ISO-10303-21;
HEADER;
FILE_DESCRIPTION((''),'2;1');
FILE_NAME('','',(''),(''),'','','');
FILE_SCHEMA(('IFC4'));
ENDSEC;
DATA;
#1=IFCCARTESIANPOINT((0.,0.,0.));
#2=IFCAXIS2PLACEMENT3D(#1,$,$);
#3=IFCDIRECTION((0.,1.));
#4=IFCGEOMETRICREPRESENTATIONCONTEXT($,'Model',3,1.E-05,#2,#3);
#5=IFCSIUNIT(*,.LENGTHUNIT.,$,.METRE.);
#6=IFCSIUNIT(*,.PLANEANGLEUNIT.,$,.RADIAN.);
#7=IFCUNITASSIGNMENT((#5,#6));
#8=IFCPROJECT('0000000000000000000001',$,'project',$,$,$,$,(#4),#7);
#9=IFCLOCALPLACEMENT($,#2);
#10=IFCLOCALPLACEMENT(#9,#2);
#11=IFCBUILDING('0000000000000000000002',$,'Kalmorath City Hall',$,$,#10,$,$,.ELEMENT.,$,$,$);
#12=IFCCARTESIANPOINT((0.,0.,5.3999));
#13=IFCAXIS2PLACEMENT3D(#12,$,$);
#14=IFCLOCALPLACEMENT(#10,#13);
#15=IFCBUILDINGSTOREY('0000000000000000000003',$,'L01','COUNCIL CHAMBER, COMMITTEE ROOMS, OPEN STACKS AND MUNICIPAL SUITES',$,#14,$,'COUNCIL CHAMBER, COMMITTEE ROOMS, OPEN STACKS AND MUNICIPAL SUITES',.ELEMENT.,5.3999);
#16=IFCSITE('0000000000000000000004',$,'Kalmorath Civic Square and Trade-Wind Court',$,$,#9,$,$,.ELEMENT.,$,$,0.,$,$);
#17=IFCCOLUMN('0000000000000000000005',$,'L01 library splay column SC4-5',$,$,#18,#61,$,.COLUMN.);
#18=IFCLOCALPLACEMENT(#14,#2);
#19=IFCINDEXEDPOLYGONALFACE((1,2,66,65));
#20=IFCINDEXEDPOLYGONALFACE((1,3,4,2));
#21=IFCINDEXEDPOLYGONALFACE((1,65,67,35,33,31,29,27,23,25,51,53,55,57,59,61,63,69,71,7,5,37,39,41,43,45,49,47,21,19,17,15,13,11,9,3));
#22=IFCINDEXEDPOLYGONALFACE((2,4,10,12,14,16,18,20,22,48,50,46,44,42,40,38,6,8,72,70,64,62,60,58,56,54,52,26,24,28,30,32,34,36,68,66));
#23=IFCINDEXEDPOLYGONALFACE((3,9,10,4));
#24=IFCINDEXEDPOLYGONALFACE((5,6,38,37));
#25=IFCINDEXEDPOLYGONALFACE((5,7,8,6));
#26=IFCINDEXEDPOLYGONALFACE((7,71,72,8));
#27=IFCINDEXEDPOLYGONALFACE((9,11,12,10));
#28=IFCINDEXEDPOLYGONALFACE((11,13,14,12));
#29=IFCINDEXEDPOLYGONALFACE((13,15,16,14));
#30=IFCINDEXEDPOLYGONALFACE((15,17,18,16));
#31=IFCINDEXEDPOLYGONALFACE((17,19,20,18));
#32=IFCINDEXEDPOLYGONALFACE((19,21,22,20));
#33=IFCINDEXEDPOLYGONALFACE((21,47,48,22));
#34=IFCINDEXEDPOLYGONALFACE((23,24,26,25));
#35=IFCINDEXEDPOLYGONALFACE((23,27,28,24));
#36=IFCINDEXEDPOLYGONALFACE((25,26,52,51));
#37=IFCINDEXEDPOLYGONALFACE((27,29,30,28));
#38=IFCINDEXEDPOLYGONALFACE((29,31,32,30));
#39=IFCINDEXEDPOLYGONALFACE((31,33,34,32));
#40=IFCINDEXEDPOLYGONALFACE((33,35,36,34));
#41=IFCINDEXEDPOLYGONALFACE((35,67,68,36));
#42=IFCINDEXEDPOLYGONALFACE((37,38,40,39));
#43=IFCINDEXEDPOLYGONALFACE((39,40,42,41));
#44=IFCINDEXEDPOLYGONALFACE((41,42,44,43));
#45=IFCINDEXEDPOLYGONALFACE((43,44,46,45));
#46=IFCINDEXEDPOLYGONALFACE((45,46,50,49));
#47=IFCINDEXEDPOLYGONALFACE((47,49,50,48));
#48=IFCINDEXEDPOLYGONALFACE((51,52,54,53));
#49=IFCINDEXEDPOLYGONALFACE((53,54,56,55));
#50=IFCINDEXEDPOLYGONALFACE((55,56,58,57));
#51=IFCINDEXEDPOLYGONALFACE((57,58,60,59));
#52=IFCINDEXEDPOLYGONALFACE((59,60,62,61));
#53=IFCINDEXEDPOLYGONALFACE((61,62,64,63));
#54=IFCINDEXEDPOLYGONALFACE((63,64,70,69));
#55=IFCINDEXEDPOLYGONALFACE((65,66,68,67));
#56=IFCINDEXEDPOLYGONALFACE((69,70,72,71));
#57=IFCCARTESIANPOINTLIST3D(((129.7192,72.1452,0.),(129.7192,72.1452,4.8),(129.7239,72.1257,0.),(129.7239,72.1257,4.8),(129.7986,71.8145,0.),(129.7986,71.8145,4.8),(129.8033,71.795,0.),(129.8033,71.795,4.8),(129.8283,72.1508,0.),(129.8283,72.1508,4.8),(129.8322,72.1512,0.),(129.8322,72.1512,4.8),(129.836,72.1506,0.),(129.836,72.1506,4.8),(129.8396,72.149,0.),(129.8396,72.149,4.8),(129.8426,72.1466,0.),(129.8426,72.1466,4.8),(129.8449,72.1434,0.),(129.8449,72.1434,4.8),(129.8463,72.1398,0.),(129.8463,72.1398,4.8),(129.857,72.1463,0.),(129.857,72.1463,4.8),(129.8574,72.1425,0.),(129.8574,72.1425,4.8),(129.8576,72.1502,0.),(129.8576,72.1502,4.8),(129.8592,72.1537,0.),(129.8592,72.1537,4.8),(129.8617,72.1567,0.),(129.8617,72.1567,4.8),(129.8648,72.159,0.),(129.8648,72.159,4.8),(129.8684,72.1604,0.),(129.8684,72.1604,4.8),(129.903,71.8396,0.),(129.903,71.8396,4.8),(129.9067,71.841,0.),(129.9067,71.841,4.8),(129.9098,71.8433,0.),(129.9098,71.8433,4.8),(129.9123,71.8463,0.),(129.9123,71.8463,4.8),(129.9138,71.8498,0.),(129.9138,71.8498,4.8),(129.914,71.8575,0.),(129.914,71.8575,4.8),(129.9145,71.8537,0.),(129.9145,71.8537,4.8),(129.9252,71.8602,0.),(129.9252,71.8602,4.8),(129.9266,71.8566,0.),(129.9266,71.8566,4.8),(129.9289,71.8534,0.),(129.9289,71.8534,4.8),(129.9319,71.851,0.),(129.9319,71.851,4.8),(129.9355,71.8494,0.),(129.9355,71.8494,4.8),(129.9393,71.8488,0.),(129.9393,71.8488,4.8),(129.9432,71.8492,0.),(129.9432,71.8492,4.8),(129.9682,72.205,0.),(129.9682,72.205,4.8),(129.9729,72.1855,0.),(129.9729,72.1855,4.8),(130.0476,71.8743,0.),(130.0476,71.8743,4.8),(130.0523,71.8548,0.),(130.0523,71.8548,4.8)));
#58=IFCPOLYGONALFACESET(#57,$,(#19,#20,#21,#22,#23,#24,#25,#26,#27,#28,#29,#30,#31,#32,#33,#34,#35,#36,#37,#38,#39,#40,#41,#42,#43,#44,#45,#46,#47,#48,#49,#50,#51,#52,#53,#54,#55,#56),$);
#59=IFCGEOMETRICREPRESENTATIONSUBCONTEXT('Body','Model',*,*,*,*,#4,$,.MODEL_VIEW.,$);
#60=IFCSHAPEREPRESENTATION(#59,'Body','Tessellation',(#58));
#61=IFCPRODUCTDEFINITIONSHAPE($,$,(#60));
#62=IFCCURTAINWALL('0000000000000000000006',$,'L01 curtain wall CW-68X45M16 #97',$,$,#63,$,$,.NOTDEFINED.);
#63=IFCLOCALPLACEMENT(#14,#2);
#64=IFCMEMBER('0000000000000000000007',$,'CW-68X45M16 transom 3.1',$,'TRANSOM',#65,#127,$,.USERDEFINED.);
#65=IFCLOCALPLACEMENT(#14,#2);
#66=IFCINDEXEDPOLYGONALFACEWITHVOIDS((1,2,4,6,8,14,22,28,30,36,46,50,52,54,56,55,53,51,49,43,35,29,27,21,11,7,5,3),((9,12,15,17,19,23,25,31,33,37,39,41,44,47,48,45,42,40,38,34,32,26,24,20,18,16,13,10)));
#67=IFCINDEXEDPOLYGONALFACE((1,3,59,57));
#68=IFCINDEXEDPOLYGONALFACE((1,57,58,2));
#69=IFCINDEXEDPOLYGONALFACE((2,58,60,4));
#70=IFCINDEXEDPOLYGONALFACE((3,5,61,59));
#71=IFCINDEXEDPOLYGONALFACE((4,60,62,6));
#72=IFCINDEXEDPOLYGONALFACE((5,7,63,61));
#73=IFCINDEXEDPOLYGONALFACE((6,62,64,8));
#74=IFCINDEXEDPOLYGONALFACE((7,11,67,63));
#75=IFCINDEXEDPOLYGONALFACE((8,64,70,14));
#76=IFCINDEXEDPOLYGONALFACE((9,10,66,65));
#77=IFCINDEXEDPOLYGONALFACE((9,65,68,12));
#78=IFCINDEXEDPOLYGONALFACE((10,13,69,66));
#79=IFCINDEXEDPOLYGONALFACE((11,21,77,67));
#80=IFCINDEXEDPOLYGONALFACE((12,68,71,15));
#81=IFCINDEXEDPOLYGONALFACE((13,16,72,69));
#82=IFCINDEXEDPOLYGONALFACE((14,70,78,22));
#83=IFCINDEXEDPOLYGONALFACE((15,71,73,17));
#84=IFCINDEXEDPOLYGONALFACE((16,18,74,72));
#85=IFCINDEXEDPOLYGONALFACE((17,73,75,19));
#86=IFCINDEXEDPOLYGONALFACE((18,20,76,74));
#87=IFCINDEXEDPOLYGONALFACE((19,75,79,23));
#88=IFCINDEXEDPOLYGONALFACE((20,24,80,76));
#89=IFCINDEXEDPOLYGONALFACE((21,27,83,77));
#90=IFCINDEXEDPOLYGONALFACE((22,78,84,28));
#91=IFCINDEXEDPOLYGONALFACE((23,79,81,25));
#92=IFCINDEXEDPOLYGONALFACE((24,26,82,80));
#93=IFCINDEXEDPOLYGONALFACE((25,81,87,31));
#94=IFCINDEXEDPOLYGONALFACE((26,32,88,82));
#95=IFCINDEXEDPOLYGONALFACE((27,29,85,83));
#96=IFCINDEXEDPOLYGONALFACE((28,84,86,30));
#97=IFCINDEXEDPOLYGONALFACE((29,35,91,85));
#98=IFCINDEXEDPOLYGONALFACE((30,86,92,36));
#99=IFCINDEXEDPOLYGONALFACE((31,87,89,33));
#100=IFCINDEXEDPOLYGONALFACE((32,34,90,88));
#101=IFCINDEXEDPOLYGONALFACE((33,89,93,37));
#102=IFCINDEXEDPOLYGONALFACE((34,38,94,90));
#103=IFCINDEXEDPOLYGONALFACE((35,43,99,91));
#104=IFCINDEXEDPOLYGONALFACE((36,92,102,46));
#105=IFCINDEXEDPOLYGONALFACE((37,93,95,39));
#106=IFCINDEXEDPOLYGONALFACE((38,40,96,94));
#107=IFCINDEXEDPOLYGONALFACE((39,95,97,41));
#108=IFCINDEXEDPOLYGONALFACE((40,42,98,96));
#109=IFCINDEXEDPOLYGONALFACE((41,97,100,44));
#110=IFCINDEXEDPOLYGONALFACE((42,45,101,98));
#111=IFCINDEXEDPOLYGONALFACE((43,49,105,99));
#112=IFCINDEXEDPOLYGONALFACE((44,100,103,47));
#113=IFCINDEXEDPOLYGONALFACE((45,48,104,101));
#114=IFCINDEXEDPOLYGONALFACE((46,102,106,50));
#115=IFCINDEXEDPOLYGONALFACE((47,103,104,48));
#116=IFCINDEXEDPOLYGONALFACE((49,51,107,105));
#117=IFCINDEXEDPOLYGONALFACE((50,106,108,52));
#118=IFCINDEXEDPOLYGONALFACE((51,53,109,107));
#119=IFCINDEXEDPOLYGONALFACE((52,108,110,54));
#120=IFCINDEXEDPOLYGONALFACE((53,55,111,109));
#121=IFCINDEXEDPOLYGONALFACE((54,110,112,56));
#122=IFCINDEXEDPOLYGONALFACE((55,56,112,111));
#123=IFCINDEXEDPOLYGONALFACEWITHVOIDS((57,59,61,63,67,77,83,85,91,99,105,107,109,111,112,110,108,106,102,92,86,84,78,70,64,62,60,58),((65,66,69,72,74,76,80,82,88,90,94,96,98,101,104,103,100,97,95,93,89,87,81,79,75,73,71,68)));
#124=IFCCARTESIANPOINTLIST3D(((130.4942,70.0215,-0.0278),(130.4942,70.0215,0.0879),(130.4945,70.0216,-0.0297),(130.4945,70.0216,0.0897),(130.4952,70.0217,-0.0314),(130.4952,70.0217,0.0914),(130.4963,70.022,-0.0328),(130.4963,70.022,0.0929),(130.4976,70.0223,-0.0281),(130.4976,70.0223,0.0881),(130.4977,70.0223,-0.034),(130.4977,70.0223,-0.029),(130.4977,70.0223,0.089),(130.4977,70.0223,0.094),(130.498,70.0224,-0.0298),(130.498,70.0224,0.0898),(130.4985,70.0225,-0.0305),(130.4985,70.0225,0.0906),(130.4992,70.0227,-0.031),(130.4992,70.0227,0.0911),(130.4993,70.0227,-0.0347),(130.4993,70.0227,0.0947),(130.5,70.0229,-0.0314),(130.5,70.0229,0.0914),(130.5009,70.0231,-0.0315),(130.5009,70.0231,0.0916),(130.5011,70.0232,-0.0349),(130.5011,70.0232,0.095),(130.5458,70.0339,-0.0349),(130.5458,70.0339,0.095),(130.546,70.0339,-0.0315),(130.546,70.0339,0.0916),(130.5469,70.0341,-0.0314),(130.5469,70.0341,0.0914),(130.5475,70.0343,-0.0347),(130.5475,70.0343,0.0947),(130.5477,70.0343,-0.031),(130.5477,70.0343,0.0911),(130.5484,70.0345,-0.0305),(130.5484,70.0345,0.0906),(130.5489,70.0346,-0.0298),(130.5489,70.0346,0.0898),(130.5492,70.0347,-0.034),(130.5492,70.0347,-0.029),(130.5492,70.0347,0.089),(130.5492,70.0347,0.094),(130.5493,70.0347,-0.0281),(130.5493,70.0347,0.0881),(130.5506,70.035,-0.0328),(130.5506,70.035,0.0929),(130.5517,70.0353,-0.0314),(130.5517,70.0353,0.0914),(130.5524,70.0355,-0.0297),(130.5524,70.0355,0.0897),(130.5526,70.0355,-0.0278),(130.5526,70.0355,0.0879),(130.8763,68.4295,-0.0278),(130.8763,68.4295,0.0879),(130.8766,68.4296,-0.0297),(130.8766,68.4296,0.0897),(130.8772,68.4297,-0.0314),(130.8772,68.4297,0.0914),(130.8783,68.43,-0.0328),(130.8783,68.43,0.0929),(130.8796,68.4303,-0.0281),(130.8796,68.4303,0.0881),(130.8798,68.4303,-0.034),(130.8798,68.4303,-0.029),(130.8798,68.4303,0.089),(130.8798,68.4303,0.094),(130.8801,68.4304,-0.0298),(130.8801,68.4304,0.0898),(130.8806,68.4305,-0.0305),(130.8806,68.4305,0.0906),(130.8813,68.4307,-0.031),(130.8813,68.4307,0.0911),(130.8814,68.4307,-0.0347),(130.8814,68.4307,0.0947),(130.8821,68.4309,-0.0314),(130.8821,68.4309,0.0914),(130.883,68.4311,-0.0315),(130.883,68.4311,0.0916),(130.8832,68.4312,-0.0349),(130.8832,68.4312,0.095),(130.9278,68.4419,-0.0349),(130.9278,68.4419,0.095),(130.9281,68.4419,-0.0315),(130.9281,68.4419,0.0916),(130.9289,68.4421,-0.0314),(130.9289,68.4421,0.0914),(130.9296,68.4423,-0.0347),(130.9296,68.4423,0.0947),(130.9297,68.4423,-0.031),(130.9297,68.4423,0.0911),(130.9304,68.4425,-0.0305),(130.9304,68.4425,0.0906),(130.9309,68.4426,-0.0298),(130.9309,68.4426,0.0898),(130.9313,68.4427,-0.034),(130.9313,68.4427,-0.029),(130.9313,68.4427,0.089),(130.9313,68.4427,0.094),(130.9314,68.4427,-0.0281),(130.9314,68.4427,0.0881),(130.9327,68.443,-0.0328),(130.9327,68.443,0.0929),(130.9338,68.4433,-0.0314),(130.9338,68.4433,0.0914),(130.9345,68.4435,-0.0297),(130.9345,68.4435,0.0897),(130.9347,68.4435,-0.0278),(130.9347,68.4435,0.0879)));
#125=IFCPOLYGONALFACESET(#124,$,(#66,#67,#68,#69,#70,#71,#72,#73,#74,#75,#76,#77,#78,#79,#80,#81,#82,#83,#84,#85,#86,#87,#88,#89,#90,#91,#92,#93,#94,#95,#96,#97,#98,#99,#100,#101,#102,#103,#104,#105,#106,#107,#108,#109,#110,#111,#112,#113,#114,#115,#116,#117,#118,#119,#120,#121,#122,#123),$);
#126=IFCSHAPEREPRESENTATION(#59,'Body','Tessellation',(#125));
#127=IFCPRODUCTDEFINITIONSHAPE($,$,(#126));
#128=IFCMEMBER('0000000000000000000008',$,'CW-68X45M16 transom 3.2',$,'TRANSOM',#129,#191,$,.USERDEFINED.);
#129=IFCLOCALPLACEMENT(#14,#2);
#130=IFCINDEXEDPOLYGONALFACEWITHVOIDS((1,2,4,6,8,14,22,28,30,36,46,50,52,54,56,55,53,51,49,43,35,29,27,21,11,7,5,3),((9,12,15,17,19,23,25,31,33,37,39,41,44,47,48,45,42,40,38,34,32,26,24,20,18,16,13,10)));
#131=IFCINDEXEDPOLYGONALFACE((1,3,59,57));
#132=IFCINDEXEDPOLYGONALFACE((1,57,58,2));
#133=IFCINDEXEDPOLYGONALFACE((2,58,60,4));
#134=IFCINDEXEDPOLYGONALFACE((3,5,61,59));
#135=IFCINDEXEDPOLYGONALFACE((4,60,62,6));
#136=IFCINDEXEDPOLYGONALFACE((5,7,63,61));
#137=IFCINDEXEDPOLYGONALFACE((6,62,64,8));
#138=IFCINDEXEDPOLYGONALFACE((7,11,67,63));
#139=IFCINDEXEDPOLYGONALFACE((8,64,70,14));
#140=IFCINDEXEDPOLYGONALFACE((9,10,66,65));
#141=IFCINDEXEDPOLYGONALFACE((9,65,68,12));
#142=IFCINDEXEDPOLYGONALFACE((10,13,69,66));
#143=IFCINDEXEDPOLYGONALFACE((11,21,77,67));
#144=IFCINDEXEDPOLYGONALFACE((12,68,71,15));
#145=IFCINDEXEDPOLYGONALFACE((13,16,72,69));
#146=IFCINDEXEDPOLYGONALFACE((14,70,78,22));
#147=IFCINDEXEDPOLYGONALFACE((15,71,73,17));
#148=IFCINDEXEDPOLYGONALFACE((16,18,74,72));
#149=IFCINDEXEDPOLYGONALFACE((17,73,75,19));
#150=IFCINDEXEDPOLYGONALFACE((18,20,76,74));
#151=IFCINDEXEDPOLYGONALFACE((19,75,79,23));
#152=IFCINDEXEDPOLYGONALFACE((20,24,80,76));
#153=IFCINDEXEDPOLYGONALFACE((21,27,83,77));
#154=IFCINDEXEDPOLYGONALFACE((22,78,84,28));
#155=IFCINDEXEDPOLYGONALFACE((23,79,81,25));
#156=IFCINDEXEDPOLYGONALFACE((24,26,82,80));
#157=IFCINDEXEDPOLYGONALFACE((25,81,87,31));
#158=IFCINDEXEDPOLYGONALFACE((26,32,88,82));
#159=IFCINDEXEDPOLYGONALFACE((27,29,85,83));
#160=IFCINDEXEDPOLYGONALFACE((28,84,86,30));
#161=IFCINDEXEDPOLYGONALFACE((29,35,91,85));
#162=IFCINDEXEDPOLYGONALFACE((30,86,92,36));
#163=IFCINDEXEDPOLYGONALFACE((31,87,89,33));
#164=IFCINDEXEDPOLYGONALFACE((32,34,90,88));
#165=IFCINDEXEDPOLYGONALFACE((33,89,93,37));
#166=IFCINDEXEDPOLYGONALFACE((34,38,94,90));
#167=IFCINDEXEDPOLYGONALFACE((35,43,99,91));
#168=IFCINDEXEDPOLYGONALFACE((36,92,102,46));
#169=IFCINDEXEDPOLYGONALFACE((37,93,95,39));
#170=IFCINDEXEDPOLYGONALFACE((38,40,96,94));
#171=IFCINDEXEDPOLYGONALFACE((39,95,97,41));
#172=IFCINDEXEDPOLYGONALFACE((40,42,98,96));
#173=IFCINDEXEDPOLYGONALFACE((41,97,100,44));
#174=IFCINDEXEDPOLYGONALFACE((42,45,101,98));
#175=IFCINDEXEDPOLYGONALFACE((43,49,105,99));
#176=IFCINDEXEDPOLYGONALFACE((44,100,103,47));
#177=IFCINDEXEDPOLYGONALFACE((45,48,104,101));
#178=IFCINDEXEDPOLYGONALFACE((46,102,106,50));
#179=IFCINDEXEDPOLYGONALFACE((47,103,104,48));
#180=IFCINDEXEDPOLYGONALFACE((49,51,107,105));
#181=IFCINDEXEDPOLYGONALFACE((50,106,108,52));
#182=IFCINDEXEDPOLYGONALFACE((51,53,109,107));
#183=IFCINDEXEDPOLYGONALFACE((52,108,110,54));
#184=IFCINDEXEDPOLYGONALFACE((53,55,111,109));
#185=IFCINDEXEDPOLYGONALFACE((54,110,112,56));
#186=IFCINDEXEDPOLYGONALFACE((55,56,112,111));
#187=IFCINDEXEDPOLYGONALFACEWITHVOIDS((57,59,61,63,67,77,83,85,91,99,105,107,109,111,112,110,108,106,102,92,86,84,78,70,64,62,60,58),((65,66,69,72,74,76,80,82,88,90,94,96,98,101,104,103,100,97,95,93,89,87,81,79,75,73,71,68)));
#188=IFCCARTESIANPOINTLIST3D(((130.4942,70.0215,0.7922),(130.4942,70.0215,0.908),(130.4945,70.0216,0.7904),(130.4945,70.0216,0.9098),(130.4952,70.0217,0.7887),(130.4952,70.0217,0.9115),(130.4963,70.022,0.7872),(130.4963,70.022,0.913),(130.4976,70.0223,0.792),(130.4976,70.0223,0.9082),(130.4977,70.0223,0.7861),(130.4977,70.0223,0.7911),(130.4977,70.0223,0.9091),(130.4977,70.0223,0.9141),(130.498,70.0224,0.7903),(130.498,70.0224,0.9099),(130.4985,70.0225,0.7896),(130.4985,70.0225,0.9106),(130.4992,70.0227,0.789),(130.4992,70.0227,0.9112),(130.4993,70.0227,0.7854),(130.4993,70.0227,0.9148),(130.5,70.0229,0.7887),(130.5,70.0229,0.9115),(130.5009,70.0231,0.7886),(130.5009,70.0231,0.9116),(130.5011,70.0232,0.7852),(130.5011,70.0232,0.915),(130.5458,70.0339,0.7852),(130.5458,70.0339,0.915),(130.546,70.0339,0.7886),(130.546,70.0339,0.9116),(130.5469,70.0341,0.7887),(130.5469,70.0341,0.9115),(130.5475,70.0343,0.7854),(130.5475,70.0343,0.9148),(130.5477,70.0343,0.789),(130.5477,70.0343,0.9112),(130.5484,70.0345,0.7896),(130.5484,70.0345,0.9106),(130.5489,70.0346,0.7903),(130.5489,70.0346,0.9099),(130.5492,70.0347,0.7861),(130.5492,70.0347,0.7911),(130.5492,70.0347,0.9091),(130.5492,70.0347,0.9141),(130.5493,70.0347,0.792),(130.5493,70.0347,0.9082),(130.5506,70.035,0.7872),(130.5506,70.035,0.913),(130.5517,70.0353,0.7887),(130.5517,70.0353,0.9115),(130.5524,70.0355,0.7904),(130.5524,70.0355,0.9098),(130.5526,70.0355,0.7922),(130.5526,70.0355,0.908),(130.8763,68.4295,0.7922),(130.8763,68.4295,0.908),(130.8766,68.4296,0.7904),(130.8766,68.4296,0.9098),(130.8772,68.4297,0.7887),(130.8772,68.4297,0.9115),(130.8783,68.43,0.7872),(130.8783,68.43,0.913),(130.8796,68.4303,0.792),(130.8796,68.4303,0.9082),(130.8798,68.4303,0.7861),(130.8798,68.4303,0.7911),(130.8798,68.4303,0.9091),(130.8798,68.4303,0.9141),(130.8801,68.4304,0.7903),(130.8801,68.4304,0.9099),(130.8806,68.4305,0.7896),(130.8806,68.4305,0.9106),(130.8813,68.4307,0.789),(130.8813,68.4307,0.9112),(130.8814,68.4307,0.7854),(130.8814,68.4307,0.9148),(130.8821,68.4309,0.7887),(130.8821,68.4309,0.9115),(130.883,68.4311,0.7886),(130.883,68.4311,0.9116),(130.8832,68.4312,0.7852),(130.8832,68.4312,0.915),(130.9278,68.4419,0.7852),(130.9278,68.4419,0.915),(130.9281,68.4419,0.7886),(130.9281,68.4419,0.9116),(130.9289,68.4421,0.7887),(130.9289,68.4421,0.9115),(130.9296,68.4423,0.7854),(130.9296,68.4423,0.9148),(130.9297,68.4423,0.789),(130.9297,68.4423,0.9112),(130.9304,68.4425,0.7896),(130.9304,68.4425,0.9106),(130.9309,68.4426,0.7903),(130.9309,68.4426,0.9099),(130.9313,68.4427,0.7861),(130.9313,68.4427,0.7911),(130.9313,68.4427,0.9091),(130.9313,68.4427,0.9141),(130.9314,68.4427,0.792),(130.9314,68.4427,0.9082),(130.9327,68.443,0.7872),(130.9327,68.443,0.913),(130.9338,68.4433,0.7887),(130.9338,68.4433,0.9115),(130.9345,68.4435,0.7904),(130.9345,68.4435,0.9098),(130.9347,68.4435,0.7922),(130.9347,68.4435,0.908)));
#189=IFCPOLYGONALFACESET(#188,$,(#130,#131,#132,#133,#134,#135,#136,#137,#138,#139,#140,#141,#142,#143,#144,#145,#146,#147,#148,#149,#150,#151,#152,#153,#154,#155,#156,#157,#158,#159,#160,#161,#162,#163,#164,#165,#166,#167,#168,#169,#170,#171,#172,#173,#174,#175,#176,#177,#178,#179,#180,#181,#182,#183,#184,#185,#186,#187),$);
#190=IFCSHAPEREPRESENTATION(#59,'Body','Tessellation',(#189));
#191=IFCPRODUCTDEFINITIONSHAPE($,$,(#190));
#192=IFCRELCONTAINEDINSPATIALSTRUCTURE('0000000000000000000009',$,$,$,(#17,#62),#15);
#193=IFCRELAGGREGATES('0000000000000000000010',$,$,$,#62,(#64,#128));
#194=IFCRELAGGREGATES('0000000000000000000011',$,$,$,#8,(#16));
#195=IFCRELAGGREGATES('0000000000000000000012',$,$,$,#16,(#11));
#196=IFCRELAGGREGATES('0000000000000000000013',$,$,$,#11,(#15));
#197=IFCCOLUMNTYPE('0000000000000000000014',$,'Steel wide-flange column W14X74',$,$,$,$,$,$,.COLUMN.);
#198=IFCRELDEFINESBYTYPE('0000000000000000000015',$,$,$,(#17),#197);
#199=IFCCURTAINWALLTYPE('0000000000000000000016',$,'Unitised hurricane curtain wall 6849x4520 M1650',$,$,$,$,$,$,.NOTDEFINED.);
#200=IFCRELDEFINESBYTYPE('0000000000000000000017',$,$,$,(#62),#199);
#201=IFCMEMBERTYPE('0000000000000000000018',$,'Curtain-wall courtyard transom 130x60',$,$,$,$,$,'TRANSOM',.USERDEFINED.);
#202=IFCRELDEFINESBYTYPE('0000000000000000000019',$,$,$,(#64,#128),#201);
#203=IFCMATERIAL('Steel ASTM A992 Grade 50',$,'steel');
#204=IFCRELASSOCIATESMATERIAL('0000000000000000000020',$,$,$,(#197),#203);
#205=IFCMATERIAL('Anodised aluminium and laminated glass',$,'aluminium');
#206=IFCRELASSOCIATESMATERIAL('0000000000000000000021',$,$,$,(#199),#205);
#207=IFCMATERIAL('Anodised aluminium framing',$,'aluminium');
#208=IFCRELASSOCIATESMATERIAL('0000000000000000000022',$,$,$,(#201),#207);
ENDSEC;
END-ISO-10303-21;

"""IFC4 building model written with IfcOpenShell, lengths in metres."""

from ifc_helpers import new_model, si_unit, direction, frame, origin, origin_2d, place, context, subcontext, project, spatial, hollow_rectangle, i_section, extrude, material, material_profile, profile_set, type_object, element, aggregate, save


model = new_model("IFC4")

# Units and contexts
model_context = context("Model", 3, precision=1e-05, world=origin(), true_north=direction((0.0, 1.0)))
body_context = subcontext(model_context, "Body", "Model", "MODEL_VIEW")
ifc_project = project(units=[si_unit("LENGTHUNIT", "METRE"), si_unit("PLANEANGLEUNIT", "RADIAN")], contexts=[model_context])

# Site, building, storey
site_placement = place(None, origin())
site = spatial("IfcSite", under=ifc_project, at=site_placement, Name="Kalmorath Civic Square and Trade-Wind Court", CompositionType="ELEMENT", RefElevation=0.0)
building_placement = place(site_placement, origin())
building = spatial("IfcBuilding", under=site, at=building_placement, Name="Kalmorath City Hall", CompositionType="ELEMENT")
storey_placement = place(building_placement, frame((0.0, 0.0, 5.3999)))
storey = spatial("IfcBuildingStorey", under=building, at=storey_placement, Name="L01", Description="COUNCIL CHAMBER, COMMITTEE ROOMS, OPEN STACKS AND MUNICIPAL SUITES", LongName="COUNCIL CHAMBER, COMMITTEE ROOMS, OPEN STACKS AND MUNICIPAL SUITES", CompositionType="ELEMENT", Elevation=5.3999)

# Column
ifc_material_1 = material(Name="Steel ASTM A992 Grade 50", Category="steel")
ifc_material_profile_1 = material_profile(ifc_material_1, i_section(OverallWidth=0.2561, OverallDepth=0.3601, WebThickness=0.0115, FlangeThickness=0.02, FilletRadius=0.0149, at=origin_2d()), Name="W14X74")
ifc_profile_set_1 = profile_set([ifc_material_profile_1], Name="Steel ASTM A992 Grade 50")
column_type = type_object("IfcColumnType", Name="Steel wide-flange column W14X74", PredefinedType="COLUMN", material=ifc_profile_set_1)
column_placement = place(storey_placement, frame((129.8857, 72.0, 0.0), z_axis=(0.0, 0.0, 1.0), x_axis=(0.97237, 0.233445, 0.0)))
element("IfcColumn", 1, at=column_placement, inside=storey, type_object=column_type, Name="L01 library splay column SC4-5", PredefinedType="COLUMN", context=body_context, shape_type="SweptSolid", body=[
    extrude(i_section(OverallWidth=0.2561, OverallDepth=0.3601, WebThickness=0.0115, FlangeThickness=0.02, FilletRadius=0.0149, at=origin_2d()), origin(), (0.0, 0.0, 1.0), 4.8),
])

# Curtain wall, members
ifc_material_2 = material(Name="Anodised aluminium and laminated glass", Category="aluminium")
curtain_wall_type = type_object("IfcCurtainWallType", Name="Unitised hurricane curtain wall 6849x4520 M1650", PredefinedType="NOTDEFINED", material=ifc_material_2)
curtain_wall_1_placement = place(storey_placement, origin())
curtain_wall_1 = element("IfcCurtainWall", 2, at=curtain_wall_1_placement, inside=storey, type_object=curtain_wall_type, Name="L01 curtain wall CW-68X45M16 #97", PredefinedType="NOTDEFINED")
ifc_material_3 = material(Name="Anodised aluminium framing", Category="aluminium")
ifc_material_profile_2 = material_profile(ifc_material_3, hollow_rectangle(XDim=0.0601, YDim=0.1299, WallThickness=0.0034, InnerFilletRadius=0.0034, OuterFilletRadius=0.0071, at=origin_2d()), Name="ALU-TRN-130X60X3.5")
ifc_profile_set_2 = profile_set([ifc_material_profile_2], Name="Anodised aluminium framing")
member_type_1 = type_object("IfcMemberType", Name="Curtain-wall courtyard transom 130x60", ElementType="TRANSOM", PredefinedType="USERDEFINED", material=ifc_profile_set_2)
member_1_placement = place(storey_placement, frame((130.9055, 68.4365, 0.03), z_axis=(-0.233367, 0.972389, 0.0), x_axis=(-0.972389, -0.233367, 0.0)))
member_1 = element("IfcMember", 3, at=member_1_placement, type_object=member_type_1, Name="CW-68X45M16 transom 3.1", ObjectType="TRANSOM", PredefinedType="USERDEFINED", context=body_context, shape_type="SweptSolid", body=[
    extrude(hollow_rectangle(XDim=0.0601, YDim=0.1299, WallThickness=0.0034, InnerFilletRadius=0.0034, OuterFilletRadius=0.0071, at=origin_2d()), origin(), (0.0, 0.0, 1.0), 1.6372),
])
member_2_placement = place(storey_placement, frame((130.9055, 68.4365, 0.8501), z_axis=(-0.233367, 0.972389, 0.0), x_axis=(-0.972389, -0.233367, 0.0)))
member_2 = element("IfcMember", 4, at=member_2_placement, type_object=member_type_1, Name="CW-68X45M16 transom 3.2", ObjectType="TRANSOM", PredefinedType="USERDEFINED", context=body_context, shape_type="SweptSolid", body=[
    extrude(hollow_rectangle(XDim=0.0601, YDim=0.1299, WallThickness=0.0034, InnerFilletRadius=0.0034, OuterFilletRadius=0.0071, at=origin_2d()), origin(), (0.0, 0.0, 1.0), 1.6372),
])

aggregate(curtain_wall_1, [member_1, member_2])

save(model, "model.ifc")
